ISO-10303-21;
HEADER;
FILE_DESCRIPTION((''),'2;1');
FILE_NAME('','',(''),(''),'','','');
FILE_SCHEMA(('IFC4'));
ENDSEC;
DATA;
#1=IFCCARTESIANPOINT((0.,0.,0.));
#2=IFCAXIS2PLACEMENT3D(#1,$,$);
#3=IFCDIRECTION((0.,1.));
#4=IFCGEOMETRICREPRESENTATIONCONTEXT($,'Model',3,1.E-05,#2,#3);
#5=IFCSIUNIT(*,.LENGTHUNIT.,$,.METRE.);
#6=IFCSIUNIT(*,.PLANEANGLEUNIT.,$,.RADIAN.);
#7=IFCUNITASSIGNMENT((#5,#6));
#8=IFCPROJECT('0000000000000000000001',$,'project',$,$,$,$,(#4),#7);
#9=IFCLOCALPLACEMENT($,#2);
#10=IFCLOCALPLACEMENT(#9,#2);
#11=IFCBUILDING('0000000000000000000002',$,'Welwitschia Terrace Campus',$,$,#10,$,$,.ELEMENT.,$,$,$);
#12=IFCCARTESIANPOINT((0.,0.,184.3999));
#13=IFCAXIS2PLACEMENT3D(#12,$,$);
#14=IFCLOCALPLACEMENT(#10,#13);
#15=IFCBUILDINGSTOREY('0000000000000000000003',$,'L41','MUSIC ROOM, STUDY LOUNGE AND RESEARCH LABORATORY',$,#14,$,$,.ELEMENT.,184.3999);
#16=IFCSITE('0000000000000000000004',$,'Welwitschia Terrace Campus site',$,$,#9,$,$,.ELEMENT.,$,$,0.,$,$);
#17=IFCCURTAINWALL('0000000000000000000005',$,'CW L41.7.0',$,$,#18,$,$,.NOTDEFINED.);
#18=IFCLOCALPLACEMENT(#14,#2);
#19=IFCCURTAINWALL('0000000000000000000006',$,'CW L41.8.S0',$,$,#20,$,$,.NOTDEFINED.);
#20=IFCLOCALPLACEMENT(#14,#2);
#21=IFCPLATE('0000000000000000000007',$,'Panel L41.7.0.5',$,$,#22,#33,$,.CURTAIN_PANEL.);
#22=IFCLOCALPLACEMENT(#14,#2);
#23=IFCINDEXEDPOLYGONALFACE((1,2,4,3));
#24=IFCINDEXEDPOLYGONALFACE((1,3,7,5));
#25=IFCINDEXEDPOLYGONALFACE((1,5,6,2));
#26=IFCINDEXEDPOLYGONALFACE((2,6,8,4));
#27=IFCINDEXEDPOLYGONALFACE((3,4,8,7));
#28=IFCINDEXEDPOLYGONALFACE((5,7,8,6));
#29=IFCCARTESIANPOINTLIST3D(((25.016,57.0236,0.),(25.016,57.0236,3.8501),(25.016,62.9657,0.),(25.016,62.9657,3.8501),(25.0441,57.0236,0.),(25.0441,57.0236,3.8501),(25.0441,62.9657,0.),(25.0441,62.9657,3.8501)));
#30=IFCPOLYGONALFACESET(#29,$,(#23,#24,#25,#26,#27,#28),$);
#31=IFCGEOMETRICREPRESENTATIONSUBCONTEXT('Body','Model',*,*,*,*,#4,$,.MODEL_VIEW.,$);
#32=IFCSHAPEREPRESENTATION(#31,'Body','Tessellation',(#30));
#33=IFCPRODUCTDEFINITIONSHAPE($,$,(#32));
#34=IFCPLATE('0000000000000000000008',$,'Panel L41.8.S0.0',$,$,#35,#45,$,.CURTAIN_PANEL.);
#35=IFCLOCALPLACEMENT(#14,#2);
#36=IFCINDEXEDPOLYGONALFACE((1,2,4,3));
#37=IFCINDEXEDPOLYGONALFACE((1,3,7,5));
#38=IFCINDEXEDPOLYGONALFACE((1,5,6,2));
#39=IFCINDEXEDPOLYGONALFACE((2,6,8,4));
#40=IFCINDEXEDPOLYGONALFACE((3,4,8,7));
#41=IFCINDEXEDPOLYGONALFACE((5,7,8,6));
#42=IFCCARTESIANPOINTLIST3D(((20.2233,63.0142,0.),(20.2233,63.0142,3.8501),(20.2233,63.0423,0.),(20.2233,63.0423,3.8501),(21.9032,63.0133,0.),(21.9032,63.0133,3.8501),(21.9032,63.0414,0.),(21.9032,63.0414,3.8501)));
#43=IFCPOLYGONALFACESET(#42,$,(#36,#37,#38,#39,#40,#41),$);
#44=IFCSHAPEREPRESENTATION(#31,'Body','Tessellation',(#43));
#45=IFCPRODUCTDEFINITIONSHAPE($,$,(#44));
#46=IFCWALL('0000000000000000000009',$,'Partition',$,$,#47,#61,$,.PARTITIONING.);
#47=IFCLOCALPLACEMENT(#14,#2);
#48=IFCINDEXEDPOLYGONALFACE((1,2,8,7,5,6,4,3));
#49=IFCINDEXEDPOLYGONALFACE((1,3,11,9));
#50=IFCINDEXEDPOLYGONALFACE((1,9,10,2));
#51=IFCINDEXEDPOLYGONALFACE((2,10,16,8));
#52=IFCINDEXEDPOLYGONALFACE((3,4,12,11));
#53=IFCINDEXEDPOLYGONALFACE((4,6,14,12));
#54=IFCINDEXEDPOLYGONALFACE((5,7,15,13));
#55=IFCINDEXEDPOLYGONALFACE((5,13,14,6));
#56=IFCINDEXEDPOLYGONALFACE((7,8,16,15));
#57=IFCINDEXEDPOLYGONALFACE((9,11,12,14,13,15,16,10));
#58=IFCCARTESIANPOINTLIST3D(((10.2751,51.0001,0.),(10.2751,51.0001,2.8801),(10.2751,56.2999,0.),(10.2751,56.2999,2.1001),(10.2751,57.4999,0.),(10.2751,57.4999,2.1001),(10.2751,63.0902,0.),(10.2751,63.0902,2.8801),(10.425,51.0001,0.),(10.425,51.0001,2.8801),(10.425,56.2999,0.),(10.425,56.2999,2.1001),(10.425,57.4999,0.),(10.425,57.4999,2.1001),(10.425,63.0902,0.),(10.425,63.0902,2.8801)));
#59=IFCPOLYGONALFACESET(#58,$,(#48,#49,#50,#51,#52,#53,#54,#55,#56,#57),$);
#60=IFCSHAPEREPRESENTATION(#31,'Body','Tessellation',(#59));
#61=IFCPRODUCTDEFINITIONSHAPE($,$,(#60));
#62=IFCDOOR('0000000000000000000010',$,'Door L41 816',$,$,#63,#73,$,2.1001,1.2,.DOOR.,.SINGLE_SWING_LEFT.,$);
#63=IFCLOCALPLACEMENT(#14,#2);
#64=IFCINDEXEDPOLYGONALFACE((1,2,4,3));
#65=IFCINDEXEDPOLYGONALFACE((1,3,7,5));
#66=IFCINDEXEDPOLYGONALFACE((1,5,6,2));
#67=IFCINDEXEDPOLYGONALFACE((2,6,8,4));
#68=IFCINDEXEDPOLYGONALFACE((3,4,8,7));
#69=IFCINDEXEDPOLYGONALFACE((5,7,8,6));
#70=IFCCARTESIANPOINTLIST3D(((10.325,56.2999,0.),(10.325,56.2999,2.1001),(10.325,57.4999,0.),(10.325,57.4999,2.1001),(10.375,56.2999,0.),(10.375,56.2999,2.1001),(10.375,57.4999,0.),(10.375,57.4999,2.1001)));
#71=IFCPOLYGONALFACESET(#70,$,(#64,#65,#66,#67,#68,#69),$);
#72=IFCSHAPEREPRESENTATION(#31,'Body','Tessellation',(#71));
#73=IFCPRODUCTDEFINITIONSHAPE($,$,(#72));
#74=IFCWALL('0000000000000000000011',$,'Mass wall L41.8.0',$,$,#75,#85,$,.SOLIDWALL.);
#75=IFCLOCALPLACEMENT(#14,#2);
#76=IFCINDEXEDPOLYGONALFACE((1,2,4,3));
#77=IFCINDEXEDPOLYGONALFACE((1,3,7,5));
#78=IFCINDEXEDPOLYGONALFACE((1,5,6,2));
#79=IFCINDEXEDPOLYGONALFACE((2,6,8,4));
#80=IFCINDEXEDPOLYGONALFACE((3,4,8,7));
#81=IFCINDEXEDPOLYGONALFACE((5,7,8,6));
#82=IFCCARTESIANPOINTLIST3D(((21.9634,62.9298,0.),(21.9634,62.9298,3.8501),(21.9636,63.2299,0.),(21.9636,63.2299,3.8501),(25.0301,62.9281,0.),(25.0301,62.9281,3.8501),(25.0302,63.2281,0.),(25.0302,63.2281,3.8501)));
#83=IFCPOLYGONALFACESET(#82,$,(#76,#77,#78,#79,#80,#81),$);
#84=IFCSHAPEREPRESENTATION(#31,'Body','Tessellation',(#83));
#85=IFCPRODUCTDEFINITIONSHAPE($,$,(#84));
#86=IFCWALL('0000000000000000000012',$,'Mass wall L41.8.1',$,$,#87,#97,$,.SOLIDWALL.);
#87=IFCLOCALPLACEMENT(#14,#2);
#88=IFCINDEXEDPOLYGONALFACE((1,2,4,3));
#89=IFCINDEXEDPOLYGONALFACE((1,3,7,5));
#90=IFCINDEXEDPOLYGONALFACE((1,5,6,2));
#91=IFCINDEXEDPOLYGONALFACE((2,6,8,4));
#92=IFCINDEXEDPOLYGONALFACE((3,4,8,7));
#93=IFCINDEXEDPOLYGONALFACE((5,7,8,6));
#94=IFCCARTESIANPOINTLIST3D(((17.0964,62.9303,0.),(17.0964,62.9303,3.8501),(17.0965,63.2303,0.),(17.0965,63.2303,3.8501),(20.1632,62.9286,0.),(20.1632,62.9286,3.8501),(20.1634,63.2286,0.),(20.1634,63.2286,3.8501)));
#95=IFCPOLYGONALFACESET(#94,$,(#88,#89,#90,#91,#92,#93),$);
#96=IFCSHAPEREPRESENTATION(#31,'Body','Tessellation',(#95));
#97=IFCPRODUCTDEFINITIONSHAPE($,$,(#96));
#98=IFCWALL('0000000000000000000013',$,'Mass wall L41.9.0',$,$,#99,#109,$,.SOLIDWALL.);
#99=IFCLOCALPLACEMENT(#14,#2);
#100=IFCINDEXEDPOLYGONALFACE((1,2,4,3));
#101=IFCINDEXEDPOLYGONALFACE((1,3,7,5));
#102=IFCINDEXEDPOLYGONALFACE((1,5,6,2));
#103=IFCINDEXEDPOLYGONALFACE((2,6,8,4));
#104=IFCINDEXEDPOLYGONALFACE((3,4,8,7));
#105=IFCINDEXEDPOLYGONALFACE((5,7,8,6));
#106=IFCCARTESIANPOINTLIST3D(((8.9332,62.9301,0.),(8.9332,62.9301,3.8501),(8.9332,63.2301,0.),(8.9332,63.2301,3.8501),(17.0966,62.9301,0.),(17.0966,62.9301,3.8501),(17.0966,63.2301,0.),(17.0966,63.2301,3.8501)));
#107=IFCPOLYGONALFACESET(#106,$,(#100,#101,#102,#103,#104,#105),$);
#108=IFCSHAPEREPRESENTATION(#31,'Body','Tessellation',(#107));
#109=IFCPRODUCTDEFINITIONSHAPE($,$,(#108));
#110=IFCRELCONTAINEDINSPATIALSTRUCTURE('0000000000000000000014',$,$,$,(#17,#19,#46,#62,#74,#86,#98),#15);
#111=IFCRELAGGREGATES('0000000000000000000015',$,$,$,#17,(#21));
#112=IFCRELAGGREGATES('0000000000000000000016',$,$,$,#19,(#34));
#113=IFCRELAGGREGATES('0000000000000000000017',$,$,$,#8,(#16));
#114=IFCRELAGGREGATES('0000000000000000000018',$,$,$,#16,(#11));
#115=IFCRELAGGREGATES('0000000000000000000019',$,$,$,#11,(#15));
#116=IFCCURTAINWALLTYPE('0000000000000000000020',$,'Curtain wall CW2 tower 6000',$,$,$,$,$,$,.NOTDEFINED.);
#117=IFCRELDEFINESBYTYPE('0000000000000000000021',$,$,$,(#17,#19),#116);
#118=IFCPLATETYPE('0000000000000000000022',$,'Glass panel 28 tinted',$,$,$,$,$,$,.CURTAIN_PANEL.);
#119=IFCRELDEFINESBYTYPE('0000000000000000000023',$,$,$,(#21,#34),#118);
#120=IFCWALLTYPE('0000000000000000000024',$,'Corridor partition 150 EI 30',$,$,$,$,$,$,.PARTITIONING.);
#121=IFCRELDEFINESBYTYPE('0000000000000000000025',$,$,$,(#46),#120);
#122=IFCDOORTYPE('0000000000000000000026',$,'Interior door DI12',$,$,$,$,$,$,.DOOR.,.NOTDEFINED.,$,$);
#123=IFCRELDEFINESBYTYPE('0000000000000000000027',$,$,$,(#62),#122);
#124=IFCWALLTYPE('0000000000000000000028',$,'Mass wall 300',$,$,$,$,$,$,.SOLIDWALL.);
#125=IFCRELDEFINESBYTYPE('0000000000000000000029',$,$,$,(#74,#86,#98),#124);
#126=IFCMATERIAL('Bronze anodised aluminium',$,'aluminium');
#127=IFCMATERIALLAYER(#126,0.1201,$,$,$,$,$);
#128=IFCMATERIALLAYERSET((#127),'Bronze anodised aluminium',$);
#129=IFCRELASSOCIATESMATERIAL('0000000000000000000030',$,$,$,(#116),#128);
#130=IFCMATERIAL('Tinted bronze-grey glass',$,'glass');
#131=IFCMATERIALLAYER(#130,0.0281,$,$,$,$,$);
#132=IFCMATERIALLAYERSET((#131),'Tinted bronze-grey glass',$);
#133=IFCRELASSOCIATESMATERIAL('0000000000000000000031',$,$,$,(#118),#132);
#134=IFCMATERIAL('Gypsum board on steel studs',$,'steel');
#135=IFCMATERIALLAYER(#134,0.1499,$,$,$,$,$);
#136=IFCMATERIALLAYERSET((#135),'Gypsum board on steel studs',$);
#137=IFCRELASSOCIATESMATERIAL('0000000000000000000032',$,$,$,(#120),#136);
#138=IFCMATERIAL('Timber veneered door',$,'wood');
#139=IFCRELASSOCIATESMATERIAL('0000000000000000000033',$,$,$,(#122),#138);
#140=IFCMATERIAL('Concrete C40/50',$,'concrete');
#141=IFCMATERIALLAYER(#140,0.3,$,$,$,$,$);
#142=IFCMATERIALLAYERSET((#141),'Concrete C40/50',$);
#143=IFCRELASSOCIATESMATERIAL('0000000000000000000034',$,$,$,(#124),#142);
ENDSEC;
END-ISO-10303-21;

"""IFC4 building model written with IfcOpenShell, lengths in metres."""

from ifc_helpers import new_model, si_unit, direction, frame, frame_2d, origin, origin_2d, place, context, subcontext, project, spatial, rectangle, extrude, material, layer, layer_set, type_object, element, fill, aggregate, save


model = new_model("IFC4")

# Units and contexts
model_context = context("Model", 3, precision=1e-05, world=origin(), true_north=direction((0.0, 1.0)))
body_context = subcontext(model_context, "Body", "Model", "MODEL_VIEW")
ifc_project = project(units=[si_unit("LENGTHUNIT", "METRE"), si_unit("PLANEANGLEUNIT", "RADIAN")], contexts=[model_context])

# Site, building, storey
site_placement = place(None, origin())
site = spatial("IfcSite", under=ifc_project, at=site_placement, Name="Welwitschia Terrace Campus site", CompositionType="ELEMENT", RefElevation=0.0)
building_placement = place(site_placement, origin())
building = spatial("IfcBuilding", under=site, at=building_placement, Name="Welwitschia Terrace Campus", CompositionType="ELEMENT")
storey_placement = place(building_placement, frame((0.0, 0.0, 184.3999)))
storey = spatial("IfcBuildingStorey", under=building, at=storey_placement, Name="L41", Description="MUSIC ROOM, STUDY LOUNGE AND RESEARCH LABORATORY", CompositionType="ELEMENT", Elevation=184.3999)

# Curtain walls
ifc_material_1 = material(Name="Bronze anodised aluminium", Category="aluminium")
ifc_layer_1 = layer(ifc_material_1, 0.1201)
ifc_layer_set_1 = layer_set([ifc_layer_1], Name="Bronze anodised aluminium")
curtain_wall_type = type_object("IfcCurtainWallType", Name="Curtain wall CW2 tower 6000", PredefinedType="NOTDEFINED", material=ifc_layer_set_1)
curtain_wall_1_placement = place(storey_placement, origin())
curtain_wall_1 = element("IfcCurtainWall", 1, at=curtain_wall_1_placement, inside=storey, type_object=curtain_wall_type, Name="CW L41.7.0", PredefinedType="NOTDEFINED")
curtain_wall_2_placement = place(storey_placement, origin())
curtain_wall_2 = element("IfcCurtainWall", 2, at=curtain_wall_2_placement, inside=storey, type_object=curtain_wall_type, Name="CW L41.8.S0", PredefinedType="NOTDEFINED")

# Plates
ifc_material_2 = material(Name="Tinted bronze-grey glass", Category="glass")
ifc_layer_2 = layer(ifc_material_2, 0.0281)
ifc_layer_set_2 = layer_set([ifc_layer_2], Name="Tinted bronze-grey glass")
plate_type = type_object("IfcPlateType", Name="Glass panel 28 tinted", PredefinedType="CURTAIN_PANEL", material=ifc_layer_set_2)
plate_1_placement = place(storey_placement, frame((25.03, 59.9946, 0.0), z_axis=(0.0, 0.0, 1.0), x_axis=(0.0, 1.0, 0.0)))
plate_1 = element("IfcPlate", 3, at=plate_1_placement, type_object=plate_type, Name="Panel L41.7.0.5", PredefinedType="CURTAIN_PANEL", context=body_context, shape_type="SweptSolid", body=[
    extrude(rectangle(XDim=5.9421, YDim=0.0281, at=origin_2d()), origin(), (0.0, 0.0, 1.0), 3.8501),
])
aggregate(curtain_wall_1, [plate_1])
plate_2_placement = place(storey_placement, frame((21.0632, 63.0278, 0.0), z_axis=(0.0, 0.0, 1.0), x_axis=(-1.0, 0.000538, 0.0)))
plate_2 = element("IfcPlate", 4, at=plate_2_placement, type_object=plate_type, Name="Panel L41.8.S0.0", PredefinedType="CURTAIN_PANEL", context=body_context, shape_type="SweptSolid", body=[
    extrude(rectangle(XDim=1.6799, YDim=0.0281, at=origin_2d()), origin(), (0.0, 0.0, 1.0), 3.8501),
])
aggregate(curtain_wall_2, [plate_2])

# Wall, opening, door
ifc_material_3 = material(Name="Gypsum board on steel studs", Category="steel")
ifc_layer_3 = layer(ifc_material_3, 0.1499)
ifc_layer_set_3 = layer_set([ifc_layer_3], Name="Gypsum board on steel studs")
wall_type_1 = type_object("IfcWallType", Name="Corridor partition 150 EI 30", PredefinedType="PARTITIONING", material=ifc_layer_set_3)
wall_1_placement = place(storey_placement, frame((10.3501, 63.0901, 0.0), z_axis=(0.0, 0.0, 1.0), x_axis=(0.0, -1.0, 0.0)))
wall_1 = element("IfcWall", 5, at=wall_1_placement, inside=storey, type_object=wall_type_1, Name="Partition", PredefinedType="PARTITIONING", context=body_context, shape_type="SweptSolid", body=[
    extrude(rectangle(XDim=12.0901, YDim=0.1499, at=frame_2d((6.0449, 0.0))), origin(), (0.0, 0.0, 1.0), 2.8801),
])
opening_placement = place(wall_1_placement, frame((5.5901, 0.0, 0.0)))
opening = element("IfcOpeningElement", 6, at=opening_placement, cuts=wall_1, PredefinedType="OPENING", context=body_context, shape_type="SweptSolid", body=[
    extrude(rectangle(XDim=1.2, YDim=2.1001, at=frame_2d((0.6001, 1.05))), frame((0.0, 0.085, 0.0), z_axis=(0.0, -1.0, 0.0), x_axis=(1.0, 0.0, 0.0)), (0.0, 0.0, 1.0), 0.1699),
])
ifc_material_4 = material(Name="Timber veneered door", Category="wood")
door_type = type_object("IfcDoorType", Name="Interior door DI12", OperationType="NOTDEFINED", PredefinedType="DOOR", material=ifc_material_4)
door_placement = place(opening_placement, origin())
door = element("IfcDoor", 7, at=door_placement, inside=storey, type_object=door_type, Name="Door L41 816", OperationType="SINGLE_SWING_LEFT", OverallHeight=2.1001, OverallWidth=1.2, PredefinedType="DOOR", context=body_context, shape_type="SweptSolid", body=[
    extrude(rectangle(XDim=1.2, YDim=2.1001, at=frame_2d((0.6001, 1.05))), frame((0.0, 0.0249, 0.0), z_axis=(0.0, -1.0, 0.0), x_axis=(1.0, 0.0, 0.0)), (0.0, 0.0, 1.0), 0.05),
])
fill(opening, door)

# Walls
ifc_material_5 = material(Name="Concrete C40/50", Category="concrete")
ifc_layer_4 = layer(ifc_material_5, 0.3)
ifc_layer_set_4 = layer_set([ifc_layer_4], Name="Concrete C40/50")
wall_type_2 = type_object("IfcWallType", Name="Mass wall 300", PredefinedType="SOLIDWALL", material=ifc_layer_set_4)
wall_2_placement = place(storey_placement, frame((25.03, 63.0781, 0.0), z_axis=(0.0, 0.0, 1.0), x_axis=(-1.0, 0.000557, 0.0)))
element("IfcWall", 8, at=wall_2_placement, inside=storey, type_object=wall_type_2, Name="Mass wall L41.8.0", PredefinedType="SOLIDWALL", context=body_context, shape_type="SweptSolid", body=[
    extrude(rectangle(XDim=3.0667, YDim=0.3, at=frame_2d((1.5332, 0.0))), origin(), (0.0, 0.0, 1.0), 3.8501),
])
wall_3_placement = place(storey_placement, frame((20.1633, 63.0786, 0.0), z_axis=(0.0, 0.0, 1.0), x_axis=(-1.0, 0.000557, 0.0)))
element("IfcWall", 9, at=wall_3_placement, inside=storey, type_object=wall_type_2, Name="Mass wall L41.8.1", PredefinedType="SOLIDWALL", context=body_context, shape_type="SweptSolid", body=[
    extrude(rectangle(XDim=3.0669, YDim=0.3, at=frame_2d((1.5334, 0.0))), origin(), (0.0, 0.0, 1.0), 3.8501),
])
wall_4_placement = place(storey_placement, frame((17.0964, 63.0801, 0.0), z_axis=(0.0, 0.0, 1.0), x_axis=(-1.0, 0.0, 0.0)))
element("IfcWall", 10, at=wall_4_placement, inside=storey, type_object=wall_type_2, Name="Mass wall L41.9.0", PredefinedType="SOLIDWALL", context=body_context, shape_type="SweptSolid", body=[
    extrude(rectangle(XDim=8.1633, YDim=0.3, at=frame_2d((4.0815, 0.0))), origin(), (0.0, 0.0, 1.0), 3.8501),
])

save(model, "model.ifc")
